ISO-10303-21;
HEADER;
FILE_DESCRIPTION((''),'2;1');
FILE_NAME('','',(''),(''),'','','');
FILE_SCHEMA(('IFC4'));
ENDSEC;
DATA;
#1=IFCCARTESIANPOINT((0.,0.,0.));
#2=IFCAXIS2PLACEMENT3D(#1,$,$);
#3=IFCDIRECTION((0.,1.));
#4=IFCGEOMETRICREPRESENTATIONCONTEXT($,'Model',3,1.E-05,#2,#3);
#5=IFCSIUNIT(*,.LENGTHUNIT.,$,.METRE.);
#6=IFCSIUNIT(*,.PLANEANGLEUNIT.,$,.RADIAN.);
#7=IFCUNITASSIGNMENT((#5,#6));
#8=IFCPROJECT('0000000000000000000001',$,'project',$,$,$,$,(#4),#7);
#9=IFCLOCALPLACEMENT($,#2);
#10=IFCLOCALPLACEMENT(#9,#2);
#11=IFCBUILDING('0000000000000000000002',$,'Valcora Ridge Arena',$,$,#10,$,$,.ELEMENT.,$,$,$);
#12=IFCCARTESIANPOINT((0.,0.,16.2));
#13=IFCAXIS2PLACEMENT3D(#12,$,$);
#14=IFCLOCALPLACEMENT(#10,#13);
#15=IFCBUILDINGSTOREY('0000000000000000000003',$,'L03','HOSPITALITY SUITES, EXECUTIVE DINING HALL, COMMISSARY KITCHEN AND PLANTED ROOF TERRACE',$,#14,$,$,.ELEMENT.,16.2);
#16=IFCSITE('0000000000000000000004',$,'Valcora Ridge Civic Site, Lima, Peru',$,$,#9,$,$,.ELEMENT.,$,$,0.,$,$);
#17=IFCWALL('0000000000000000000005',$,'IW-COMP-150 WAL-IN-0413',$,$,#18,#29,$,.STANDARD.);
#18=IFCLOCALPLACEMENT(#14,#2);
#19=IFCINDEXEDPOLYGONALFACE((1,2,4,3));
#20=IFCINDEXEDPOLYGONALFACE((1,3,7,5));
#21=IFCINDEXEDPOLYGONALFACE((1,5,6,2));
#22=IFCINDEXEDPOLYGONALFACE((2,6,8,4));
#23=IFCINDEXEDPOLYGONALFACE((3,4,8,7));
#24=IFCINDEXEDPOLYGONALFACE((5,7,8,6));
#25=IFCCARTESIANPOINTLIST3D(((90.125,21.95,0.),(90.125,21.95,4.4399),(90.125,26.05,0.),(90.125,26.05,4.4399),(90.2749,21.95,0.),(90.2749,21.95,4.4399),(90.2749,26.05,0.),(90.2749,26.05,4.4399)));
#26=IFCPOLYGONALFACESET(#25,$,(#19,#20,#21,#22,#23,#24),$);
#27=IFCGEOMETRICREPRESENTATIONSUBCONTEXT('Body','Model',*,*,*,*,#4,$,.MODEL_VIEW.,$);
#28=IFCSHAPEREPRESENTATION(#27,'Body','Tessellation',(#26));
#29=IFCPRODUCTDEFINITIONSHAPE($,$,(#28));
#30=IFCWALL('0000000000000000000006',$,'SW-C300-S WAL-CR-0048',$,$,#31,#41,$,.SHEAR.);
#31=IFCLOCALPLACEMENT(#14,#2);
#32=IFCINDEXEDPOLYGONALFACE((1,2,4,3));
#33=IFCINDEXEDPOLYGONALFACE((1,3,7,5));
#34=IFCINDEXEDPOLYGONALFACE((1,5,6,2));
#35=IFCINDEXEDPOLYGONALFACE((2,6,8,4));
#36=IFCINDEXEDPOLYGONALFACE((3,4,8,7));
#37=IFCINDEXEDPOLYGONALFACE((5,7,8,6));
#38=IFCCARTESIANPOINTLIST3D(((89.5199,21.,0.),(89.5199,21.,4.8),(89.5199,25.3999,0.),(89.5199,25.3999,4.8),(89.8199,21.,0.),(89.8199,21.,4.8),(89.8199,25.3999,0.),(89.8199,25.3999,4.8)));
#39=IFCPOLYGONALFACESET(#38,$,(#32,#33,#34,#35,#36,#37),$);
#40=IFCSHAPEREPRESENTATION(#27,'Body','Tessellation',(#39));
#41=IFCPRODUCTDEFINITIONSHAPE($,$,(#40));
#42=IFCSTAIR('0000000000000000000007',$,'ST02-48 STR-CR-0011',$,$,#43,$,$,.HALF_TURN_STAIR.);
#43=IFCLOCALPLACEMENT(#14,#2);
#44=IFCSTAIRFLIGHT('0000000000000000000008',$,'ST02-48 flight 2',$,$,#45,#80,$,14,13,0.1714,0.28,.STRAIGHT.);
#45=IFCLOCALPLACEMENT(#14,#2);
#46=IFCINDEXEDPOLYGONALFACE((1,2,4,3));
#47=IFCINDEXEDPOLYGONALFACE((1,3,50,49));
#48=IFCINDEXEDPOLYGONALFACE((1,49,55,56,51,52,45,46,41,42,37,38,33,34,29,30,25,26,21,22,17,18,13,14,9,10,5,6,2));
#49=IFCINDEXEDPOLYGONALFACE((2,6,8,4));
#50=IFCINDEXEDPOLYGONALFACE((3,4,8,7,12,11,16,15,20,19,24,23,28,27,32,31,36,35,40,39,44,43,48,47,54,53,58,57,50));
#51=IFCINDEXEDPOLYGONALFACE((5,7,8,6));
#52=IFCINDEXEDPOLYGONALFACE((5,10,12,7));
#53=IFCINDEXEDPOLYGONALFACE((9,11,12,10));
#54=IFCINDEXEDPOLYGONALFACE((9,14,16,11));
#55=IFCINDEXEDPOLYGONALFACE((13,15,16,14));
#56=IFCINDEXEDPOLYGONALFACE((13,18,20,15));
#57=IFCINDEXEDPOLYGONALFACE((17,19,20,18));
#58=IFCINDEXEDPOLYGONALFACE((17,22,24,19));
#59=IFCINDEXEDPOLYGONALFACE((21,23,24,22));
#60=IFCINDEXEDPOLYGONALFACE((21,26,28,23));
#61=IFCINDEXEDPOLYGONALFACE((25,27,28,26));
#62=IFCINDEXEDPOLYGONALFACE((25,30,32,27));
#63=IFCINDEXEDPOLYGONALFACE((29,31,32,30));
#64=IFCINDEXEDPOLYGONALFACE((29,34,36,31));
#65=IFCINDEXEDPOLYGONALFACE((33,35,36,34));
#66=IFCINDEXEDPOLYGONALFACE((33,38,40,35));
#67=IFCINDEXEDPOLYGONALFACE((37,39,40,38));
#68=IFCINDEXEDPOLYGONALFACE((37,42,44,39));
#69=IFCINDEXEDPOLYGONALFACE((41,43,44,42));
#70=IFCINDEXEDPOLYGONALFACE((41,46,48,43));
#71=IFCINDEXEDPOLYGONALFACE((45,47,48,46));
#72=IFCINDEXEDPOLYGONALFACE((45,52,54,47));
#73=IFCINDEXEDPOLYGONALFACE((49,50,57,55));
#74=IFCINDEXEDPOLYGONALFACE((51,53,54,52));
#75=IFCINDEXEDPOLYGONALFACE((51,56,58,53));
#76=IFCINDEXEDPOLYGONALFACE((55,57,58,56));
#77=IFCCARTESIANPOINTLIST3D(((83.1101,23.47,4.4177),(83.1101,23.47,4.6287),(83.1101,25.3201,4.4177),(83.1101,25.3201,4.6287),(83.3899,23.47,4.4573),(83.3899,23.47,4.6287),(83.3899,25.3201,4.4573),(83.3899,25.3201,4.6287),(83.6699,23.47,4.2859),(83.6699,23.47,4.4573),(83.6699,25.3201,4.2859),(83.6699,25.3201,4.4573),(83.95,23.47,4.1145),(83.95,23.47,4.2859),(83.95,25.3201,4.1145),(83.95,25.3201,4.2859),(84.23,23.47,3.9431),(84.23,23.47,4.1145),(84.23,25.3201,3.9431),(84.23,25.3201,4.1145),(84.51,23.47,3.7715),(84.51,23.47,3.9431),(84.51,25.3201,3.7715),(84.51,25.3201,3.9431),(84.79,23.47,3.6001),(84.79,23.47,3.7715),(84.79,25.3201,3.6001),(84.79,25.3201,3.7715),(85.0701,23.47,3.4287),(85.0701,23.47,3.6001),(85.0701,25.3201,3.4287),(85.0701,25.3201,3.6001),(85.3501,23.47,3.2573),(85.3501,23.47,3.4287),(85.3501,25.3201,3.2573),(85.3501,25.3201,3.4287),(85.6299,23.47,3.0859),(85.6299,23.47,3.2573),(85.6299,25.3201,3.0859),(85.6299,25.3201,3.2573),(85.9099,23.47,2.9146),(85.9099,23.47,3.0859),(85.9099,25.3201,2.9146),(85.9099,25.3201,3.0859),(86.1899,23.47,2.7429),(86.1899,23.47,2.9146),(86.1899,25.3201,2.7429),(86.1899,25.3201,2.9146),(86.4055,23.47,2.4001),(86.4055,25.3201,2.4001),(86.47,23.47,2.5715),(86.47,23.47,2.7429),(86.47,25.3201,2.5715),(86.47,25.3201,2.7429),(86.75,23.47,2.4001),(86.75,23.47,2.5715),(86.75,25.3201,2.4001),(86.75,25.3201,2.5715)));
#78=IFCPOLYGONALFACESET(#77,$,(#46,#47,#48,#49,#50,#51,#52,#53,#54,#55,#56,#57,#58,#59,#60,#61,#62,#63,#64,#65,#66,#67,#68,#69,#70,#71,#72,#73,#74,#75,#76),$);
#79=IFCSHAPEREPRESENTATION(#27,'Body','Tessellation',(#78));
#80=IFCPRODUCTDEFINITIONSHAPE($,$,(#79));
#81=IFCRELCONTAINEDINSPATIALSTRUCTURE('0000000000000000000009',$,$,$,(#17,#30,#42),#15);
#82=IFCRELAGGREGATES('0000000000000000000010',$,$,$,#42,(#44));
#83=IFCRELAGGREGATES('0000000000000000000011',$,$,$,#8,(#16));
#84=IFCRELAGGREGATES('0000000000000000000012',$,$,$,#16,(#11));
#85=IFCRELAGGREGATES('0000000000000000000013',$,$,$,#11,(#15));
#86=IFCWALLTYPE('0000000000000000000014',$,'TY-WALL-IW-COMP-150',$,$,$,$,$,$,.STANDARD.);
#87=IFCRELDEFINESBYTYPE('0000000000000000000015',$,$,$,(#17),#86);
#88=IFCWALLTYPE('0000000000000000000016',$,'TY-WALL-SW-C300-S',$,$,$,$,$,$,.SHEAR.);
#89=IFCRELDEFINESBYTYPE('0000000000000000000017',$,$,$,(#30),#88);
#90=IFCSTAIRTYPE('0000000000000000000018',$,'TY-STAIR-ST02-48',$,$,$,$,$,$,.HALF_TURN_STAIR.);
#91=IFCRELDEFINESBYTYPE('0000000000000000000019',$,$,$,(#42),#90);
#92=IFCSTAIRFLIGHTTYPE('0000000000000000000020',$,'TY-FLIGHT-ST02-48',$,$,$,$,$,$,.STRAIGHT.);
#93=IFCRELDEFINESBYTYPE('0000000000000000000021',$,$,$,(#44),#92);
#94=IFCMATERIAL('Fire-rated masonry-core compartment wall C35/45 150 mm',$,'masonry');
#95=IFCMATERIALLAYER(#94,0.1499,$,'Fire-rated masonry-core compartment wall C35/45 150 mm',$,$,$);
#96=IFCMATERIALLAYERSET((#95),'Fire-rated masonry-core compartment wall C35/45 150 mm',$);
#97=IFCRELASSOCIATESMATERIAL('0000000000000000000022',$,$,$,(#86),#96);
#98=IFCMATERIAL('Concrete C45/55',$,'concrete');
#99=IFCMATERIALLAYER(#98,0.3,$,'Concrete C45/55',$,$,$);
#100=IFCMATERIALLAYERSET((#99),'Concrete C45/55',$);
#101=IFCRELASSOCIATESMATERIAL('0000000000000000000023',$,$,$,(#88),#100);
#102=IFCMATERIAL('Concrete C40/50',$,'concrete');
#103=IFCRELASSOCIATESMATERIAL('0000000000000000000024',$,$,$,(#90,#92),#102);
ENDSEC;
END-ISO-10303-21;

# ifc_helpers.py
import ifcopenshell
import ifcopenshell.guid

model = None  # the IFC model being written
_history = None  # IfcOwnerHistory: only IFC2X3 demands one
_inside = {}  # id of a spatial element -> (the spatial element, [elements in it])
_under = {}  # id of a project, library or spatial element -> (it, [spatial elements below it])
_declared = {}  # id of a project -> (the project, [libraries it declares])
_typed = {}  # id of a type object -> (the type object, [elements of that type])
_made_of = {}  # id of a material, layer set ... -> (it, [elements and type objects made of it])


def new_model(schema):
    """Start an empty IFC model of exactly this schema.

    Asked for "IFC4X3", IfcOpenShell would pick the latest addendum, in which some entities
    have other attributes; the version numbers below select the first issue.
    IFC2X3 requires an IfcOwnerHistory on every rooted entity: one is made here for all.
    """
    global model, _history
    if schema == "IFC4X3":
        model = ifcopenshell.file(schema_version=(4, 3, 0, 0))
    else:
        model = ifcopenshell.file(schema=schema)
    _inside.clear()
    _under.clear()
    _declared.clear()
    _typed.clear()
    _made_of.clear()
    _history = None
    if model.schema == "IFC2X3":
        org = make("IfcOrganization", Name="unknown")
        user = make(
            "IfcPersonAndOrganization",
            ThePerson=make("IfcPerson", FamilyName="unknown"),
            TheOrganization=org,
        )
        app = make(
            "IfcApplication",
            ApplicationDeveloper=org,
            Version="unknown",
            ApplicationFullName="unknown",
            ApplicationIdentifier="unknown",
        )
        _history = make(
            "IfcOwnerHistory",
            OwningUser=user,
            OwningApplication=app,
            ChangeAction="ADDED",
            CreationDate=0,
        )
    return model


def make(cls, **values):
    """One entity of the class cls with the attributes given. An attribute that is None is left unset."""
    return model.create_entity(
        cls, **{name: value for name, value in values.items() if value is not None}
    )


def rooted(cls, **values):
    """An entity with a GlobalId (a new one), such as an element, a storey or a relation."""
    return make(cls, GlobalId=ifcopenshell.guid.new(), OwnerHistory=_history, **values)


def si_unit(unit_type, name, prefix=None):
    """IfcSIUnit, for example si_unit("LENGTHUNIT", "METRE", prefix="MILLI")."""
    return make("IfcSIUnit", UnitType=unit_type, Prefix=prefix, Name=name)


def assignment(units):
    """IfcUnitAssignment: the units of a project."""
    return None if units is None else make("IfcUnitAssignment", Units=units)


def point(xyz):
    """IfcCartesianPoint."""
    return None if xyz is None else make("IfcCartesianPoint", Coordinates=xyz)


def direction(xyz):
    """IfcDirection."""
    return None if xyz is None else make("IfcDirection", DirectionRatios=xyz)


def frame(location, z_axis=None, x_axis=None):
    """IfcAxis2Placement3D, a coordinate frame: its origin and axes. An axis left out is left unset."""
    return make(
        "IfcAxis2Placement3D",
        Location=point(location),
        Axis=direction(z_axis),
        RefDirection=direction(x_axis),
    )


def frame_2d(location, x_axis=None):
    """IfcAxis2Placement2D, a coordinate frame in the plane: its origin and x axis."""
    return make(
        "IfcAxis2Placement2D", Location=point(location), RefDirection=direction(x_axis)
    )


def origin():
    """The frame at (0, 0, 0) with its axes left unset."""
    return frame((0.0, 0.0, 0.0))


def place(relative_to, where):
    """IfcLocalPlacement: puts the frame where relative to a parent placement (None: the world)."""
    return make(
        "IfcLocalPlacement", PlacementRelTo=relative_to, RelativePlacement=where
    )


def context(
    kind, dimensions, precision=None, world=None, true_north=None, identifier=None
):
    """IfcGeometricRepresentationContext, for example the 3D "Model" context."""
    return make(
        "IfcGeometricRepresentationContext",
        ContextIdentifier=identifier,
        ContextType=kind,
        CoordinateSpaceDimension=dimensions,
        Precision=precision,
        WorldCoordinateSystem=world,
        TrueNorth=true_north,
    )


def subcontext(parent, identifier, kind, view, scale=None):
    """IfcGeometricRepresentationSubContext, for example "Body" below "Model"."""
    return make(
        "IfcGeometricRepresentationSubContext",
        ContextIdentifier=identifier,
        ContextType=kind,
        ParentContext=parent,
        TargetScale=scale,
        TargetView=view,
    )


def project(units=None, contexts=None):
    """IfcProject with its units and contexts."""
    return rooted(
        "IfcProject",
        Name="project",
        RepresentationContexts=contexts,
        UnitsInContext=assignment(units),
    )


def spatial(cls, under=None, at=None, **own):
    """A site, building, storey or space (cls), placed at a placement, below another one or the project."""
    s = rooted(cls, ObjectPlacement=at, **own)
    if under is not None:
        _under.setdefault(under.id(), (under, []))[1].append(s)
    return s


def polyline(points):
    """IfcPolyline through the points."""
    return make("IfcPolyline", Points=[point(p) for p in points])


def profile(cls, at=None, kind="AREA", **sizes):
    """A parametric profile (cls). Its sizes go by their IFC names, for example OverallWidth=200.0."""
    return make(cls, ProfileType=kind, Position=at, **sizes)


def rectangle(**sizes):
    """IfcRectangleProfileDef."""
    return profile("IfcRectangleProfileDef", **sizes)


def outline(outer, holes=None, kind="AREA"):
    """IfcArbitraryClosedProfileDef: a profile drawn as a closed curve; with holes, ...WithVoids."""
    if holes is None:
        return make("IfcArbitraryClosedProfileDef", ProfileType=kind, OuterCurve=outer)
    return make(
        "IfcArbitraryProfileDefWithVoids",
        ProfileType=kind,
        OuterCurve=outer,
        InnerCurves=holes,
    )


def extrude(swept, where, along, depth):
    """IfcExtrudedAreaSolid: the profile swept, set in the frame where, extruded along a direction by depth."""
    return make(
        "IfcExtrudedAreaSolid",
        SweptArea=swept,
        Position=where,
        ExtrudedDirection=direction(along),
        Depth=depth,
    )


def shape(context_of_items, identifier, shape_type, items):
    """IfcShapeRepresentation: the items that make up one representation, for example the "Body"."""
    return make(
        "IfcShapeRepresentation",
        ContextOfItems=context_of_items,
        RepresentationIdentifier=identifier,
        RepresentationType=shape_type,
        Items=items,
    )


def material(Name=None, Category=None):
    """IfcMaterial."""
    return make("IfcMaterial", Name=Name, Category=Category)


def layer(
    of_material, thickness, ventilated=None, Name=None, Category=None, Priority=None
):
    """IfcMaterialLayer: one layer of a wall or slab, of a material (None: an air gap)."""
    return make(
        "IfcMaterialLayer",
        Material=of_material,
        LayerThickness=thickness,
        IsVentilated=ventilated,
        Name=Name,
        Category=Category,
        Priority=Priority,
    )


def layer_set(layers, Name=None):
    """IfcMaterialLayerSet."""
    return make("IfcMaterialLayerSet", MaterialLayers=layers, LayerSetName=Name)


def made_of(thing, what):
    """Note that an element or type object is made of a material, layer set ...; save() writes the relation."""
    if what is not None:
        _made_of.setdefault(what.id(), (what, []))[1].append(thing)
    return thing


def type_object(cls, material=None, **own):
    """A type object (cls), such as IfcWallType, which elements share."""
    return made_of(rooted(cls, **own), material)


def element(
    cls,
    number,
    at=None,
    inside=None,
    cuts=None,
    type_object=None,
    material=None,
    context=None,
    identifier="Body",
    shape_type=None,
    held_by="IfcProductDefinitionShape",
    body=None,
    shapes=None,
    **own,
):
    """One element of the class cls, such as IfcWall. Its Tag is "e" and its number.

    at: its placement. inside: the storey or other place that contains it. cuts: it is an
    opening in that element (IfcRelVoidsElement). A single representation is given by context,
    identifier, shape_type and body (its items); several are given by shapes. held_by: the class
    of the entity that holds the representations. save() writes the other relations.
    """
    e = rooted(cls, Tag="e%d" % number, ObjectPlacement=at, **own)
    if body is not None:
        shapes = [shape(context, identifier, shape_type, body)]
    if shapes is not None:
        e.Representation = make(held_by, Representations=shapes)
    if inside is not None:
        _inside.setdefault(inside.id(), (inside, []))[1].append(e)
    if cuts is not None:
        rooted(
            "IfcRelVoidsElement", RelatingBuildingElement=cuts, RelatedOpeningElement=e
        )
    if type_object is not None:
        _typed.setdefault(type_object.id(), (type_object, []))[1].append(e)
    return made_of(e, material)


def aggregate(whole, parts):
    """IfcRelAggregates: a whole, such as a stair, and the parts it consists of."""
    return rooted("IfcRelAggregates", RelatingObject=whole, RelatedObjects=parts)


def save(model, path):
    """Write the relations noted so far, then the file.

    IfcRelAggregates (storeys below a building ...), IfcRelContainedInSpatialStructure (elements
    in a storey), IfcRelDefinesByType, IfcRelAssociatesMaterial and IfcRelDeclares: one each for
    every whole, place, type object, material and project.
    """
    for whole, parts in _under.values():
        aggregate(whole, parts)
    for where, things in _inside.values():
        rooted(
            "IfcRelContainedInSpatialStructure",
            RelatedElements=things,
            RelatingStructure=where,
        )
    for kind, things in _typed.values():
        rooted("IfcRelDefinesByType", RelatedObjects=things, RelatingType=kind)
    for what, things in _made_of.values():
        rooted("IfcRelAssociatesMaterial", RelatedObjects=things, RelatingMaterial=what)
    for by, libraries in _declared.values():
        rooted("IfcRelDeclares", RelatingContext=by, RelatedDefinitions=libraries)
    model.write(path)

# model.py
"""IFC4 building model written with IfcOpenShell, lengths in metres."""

from ifc_helpers import new_model, si_unit, direction, frame, frame_2d, origin, place, context, subcontext, project, spatial, polyline, rectangle, outline, extrude, material, layer, layer_set, type_object, element, aggregate, save


model = new_model("IFC4")

# Units and contexts
model_context = context("Model", 3, precision=1e-05, world=origin(), true_north=direction((0.0, 1.0)))
body_context = subcontext(model_context, "Body", "Model", "MODEL_VIEW")
ifc_project = project(units=[si_unit("LENGTHUNIT", "METRE"), si_unit("PLANEANGLEUNIT", "RADIAN")], contexts=[model_context])

# Site, building, storey
site_placement = place(None, origin())
site = spatial("IfcSite", under=ifc_project, at=site_placement, Name="Valcora Ridge Civic Site, Lima, Peru", CompositionType="ELEMENT", RefElevation=0.0)
building_placement = place(site_placement, origin())
building = spatial("IfcBuilding", under=site, at=building_placement, Name="Valcora Ridge Arena", CompositionType="ELEMENT")
storey_placement = place(building_placement, frame((0.0, 0.0, 16.2)))
storey = spatial("IfcBuildingStorey", under=building, at=storey_placement, Name="L03", Description="HOSPITALITY SUITES, EXECUTIVE DINING HALL, COMMISSARY KITCHEN AND PLANTED ROOF TERRACE", CompositionType="ELEMENT", Elevation=16.2)

# Walls
ifc_material_1 = material(Name="Fire-rated masonry-core compartment wall C35/45 150 mm", Category="masonry")
ifc_layer_1 = layer(ifc_material_1, 0.1499, Name="Fire-rated masonry-core compartment wall C35/45 150 mm")
ifc_layer_set_1 = layer_set([ifc_layer_1], Name="Fire-rated masonry-core compartment wall C35/45 150 mm")
wall_type_1 = type_object("IfcWallType", Name="TY-WALL-IW-COMP-150", PredefinedType="STANDARD", material=ifc_layer_set_1)
wall_1_placement = place(storey_placement, frame((90.2, 21.95, 0.0), z_axis=(0.0, 0.0, 1.0), x_axis=(0.0, 1.0, 0.0)))
element("IfcWall", 1, at=wall_1_placement, inside=storey, type_object=wall_type_1, Name="IW-COMP-150 WAL-IN-0413", PredefinedType="STANDARD", context=body_context, shape_type="SweptSolid", body=[
    extrude(rectangle(XDim=4.1001, YDim=0.1499, at=frame_2d((2.05, 0.0))), origin(), (0.0, 0.0, 1.0), 4.4399),
])
ifc_material_2 = material(Name="Concrete C45/55", Category="concrete")
ifc_layer_2 = layer(ifc_material_2, 0.3, Name="Concrete C45/55")
ifc_layer_set_2 = layer_set([ifc_layer_2], Name="Concrete C45/55")
wall_type_2 = type_object("IfcWallType", Name="TY-WALL-SW-C300-S", PredefinedType="SHEAR", material=ifc_layer_set_2)
wall_2_placement = place(storey_placement, frame((89.6699, 21.0, 0.0), z_axis=(0.0, 0.0, 1.0), x_axis=(0.0, 1.0, 0.0)))
element("IfcWall", 2, at=wall_2_placement, inside=storey, type_object=wall_type_2, Name="SW-C300-S WAL-CR-0048", PredefinedType="SHEAR", context=body_context, shape_type="SweptSolid", body=[
    extrude(rectangle(XDim=4.3999, YDim=0.3, at=frame_2d((2.2, 0.0))), origin(), (0.0, 0.0, 1.0), 4.8),
])

# Stair, stair flight
ifc_material_3 = material(Name="Concrete C40/50", Category="concrete")
stair_type = type_object("IfcStairType", Name="TY-STAIR-ST02-48", PredefinedType="HALF_TURN_STAIR", material=ifc_material_3)
stair_placement = place(storey_placement, origin())
stair = element("IfcStair", 3, at=stair_placement, inside=storey, type_object=stair_type, Name="ST02-48 STR-CR-0011", PredefinedType="HALF_TURN_STAIR")
stair_flight_type = type_object("IfcStairFlightType", Name="TY-FLIGHT-ST02-48", PredefinedType="STRAIGHT", material=ifc_material_3)
stair_flight_placement = place(storey_placement, frame((86.75, 24.395, 2.4001), z_axis=(0.0, 0.0, 1.0), x_axis=(-1.0, 0.0, 0.0)))
stair_flight = element("IfcStairFlight", 4, at=stair_flight_placement, type_object=stair_flight_type, Name="ST02-48 flight 2", NumberOfRisers=14, NumberOfTreads=13, PredefinedType="STRAIGHT", RiserHeight=0.1714, TreadLength=0.28, context=body_context, shape_type="SweptSolid", body=[
    extrude(outline(polyline([(0.0, 0.0), (0.0, 0.1714), (0.28, 0.1714), (0.28, 0.3428), (0.5601, 0.3428), (0.5601, 0.5144), (0.8401, 0.5144), (0.8401, 0.6858), (1.1201, 0.6858), (1.1201, 0.8572), (1.3999, 0.8572), (1.3999, 1.0286), (1.6799, 1.0286), (1.6799, 1.2), (1.96, 1.2), (1.96, 1.3713), (2.24, 1.3713), (2.24, 1.543), (2.52, 1.543), (2.52, 1.7144), (2.8, 1.7144), (2.8, 1.8857), (3.0801, 1.8857), (3.0801, 2.0571), (3.3601, 2.0571), (3.3601, 2.2285), (3.6399, 2.2285), (3.6399, 2.3999), (3.6399, 2.0176), (0.3445, 0.0), (0.0, 0.0)])), frame((0.0, 0.925, 0.0), z_axis=(0.0, -1.0, 0.0), x_axis=(1.0, 0.0, 0.0)), (0.0, 0.0, 1.0), 1.8501),
])
aggregate(stair, [stair_flight])

save(model, "model.ifc")
